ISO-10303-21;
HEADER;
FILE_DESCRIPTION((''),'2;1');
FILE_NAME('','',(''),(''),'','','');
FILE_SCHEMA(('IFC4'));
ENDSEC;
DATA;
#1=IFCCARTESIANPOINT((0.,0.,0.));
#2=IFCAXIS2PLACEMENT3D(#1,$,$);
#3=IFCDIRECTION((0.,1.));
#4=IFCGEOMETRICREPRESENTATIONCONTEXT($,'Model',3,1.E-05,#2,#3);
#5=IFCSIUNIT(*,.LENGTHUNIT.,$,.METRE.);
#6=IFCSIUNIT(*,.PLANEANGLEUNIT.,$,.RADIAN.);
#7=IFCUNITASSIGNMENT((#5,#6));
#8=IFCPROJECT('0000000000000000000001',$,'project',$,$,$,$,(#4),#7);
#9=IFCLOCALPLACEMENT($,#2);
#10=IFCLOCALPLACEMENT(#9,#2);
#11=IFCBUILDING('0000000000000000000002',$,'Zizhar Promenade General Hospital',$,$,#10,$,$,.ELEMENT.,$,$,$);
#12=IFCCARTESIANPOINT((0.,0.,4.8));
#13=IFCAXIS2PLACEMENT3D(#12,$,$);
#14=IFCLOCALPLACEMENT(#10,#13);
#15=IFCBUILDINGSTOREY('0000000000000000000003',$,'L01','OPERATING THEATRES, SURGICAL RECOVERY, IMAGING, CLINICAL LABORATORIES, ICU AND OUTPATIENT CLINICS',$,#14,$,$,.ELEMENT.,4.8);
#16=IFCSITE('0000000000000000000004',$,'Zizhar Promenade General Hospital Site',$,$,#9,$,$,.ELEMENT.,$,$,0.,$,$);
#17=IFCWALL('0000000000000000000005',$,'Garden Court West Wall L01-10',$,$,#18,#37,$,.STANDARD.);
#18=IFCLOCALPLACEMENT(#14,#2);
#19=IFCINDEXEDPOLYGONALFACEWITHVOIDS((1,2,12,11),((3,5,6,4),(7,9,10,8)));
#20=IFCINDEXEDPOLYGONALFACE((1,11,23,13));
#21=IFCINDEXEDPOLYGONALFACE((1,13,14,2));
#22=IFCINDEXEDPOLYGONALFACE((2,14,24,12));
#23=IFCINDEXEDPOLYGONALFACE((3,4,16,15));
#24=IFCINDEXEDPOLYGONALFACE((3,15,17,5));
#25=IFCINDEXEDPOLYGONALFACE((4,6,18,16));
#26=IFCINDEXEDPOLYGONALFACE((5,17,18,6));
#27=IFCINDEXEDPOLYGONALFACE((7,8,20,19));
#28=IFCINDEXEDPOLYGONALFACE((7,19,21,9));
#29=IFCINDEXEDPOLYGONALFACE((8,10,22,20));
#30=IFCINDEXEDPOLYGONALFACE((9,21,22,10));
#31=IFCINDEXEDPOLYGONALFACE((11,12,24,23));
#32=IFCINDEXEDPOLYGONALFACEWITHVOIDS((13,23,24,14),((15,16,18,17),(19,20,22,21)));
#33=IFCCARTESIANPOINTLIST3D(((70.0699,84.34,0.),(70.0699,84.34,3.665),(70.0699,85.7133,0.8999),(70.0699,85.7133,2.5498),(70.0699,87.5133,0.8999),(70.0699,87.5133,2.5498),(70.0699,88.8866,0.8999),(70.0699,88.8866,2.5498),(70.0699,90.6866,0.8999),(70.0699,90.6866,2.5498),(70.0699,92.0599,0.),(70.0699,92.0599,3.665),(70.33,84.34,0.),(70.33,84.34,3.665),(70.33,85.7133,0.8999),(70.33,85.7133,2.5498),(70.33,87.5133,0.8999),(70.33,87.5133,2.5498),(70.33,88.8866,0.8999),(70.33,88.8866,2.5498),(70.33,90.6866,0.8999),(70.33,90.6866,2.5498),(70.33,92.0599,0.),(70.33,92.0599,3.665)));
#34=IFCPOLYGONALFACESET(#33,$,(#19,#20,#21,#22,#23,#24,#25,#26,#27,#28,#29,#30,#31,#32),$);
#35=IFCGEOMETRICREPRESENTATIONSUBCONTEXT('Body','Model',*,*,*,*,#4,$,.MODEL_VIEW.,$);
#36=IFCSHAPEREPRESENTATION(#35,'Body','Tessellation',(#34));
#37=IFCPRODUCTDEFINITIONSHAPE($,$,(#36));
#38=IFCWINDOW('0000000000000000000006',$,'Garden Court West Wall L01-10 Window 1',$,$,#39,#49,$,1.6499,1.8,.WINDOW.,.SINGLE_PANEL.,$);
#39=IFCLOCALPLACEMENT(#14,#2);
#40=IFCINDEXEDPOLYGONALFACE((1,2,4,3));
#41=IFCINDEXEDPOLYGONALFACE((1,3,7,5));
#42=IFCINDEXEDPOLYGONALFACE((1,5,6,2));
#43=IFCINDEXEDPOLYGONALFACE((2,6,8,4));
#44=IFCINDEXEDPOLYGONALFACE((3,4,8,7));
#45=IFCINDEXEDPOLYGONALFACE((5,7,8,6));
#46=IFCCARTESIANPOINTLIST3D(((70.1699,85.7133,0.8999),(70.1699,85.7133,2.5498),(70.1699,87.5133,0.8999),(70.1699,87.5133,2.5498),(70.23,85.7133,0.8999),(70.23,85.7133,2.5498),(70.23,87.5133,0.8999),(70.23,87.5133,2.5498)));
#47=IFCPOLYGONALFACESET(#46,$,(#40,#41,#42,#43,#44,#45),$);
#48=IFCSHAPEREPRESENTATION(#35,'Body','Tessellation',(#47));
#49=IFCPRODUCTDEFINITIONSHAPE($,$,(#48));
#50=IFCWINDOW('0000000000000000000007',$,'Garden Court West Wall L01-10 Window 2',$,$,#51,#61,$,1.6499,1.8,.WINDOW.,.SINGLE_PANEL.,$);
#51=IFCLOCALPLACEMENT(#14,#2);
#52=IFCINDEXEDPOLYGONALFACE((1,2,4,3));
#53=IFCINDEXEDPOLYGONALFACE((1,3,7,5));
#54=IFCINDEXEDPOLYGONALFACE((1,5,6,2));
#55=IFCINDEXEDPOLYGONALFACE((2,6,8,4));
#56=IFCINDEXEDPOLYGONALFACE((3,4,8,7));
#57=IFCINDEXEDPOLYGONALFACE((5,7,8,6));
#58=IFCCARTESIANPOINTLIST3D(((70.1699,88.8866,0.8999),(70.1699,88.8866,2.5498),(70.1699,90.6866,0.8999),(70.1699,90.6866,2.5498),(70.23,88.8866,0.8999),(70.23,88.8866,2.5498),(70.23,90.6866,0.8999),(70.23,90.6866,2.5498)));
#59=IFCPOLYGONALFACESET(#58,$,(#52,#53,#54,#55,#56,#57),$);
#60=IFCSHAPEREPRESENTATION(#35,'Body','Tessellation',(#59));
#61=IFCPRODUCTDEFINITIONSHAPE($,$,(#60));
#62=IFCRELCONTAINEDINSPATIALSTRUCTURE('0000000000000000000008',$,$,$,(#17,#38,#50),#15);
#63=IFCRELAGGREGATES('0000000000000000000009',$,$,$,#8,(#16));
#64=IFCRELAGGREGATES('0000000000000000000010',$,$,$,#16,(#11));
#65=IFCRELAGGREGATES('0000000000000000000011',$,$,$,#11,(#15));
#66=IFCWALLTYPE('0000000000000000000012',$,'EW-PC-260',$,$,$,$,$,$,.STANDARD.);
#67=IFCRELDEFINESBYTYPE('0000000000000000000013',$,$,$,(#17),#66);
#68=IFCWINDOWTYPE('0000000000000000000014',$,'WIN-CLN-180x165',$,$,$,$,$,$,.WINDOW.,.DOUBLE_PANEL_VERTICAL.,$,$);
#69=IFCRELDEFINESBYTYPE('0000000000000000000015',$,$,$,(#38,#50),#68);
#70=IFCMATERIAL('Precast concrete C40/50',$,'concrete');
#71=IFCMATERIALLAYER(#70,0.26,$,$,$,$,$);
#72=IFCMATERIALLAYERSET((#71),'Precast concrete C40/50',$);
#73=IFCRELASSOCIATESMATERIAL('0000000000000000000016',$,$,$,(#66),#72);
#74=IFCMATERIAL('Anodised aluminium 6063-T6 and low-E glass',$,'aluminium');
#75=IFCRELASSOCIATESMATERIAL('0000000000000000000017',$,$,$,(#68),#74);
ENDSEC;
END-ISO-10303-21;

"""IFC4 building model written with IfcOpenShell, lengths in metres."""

from ifc_helpers import new_model, si_unit, direction, frame, frame_2d, origin, place, context, subcontext, project, spatial, rectangle, extrude, material, layer, layer_set, type_object, element, fill, save


model = new_model("IFC4")

# Units and contexts
model_context = context("Model", 3, precision=1e-05, world=origin(), true_north=direction((0.0, 1.0)))
body_context = subcontext(model_context, "Body", "Model", "MODEL_VIEW")
ifc_project = project(units=[si_unit("LENGTHUNIT", "METRE"), si_unit("PLANEANGLEUNIT", "RADIAN")], contexts=[model_context])

# Site, building, storey
site_placement = place(None, origin())
site = spatial("IfcSite", under=ifc_project, at=site_placement, Name="Zizhar Promenade General Hospital Site", CompositionType="ELEMENT", RefElevation=0.0)
building_placement = place(site_placement, origin())
building = spatial("IfcBuilding", under=site, at=building_placement, Name="Zizhar Promenade General Hospital", CompositionType="ELEMENT")
storey_placement = place(building_placement, frame((0.0, 0.0, 4.8)))
storey = spatial("IfcBuildingStorey", under=building, at=storey_placement, Name="L01", Description="OPERATING THEATRES, SURGICAL RECOVERY, IMAGING, CLINICAL LABORATORIES, ICU AND OUTPATIENT CLINICS", CompositionType="ELEMENT", Elevation=4.8)

# Wall, openings, windows
ifc_material_1 = material(Name="Precast concrete C40/50", Category="concrete")
ifc_layer_1 = layer(ifc_material_1, 0.26)
ifc_layer_set_1 = layer_set([ifc_layer_1], Name="Precast concrete C40/50")
wall_type = type_object("IfcWallType", Name="EW-PC-260", PredefinedType="STANDARD", material=ifc_layer_set_1)
wall_placement = place(storey_placement, frame((70.2, 84.3401, 0.0), z_axis=(0.0, 0.0, 1.0), x_axis=(0.0, 1.0, 0.0)))
wall = element("IfcWall", 1, at=wall_placement, inside=storey, type_object=wall_type, Name="Garden Court West Wall L01-10", PredefinedType="STANDARD", context=body_context, shape_type="SweptSolid", body=[
    extrude(rectangle(XDim=7.72, YDim=0.26, at=frame_2d((3.8599, 0.0))), origin(), (0.0, 0.0, 1.0), 3.665),
])
opening_1_placement = place(wall_placement, frame((1.3733, 0.0, 0.8999)))
opening_1 = element("IfcOpeningElement", 2, at=opening_1_placement, cuts=wall, PredefinedType="OPENING", context=body_context, shape_type="SweptSolid", body=[
    extrude(rectangle(XDim=1.8, YDim=1.6499, at=frame_2d((0.8999, 0.825))), frame((0.0, 0.1401, 0.0), z_axis=(0.0, -1.0, 0.0), x_axis=(1.0, 0.0, 0.0)), (0.0, 0.0, 1.0), 0.28),
])
opening_2_placement = place(wall_placement, frame((4.5466, 0.0, 0.8999)))
opening_2 = element("IfcOpeningElement", 3, at=opening_2_placement, cuts=wall, PredefinedType="OPENING", context=body_context, shape_type="SweptSolid", body=[
    extrude(rectangle(XDim=1.8, YDim=1.6499, at=frame_2d((0.8999, 0.825))), frame((0.0, 0.1401, 0.0), z_axis=(0.0, -1.0, 0.0), x_axis=(1.0, 0.0, 0.0)), (0.0, 0.0, 1.0), 0.28),
])
ifc_material_2 = material(Name="Anodised aluminium 6063-T6 and low-E glass", Category="aluminium")
window_type = type_object("IfcWindowType", Name="WIN-CLN-180x165", PartitioningType="DOUBLE_PANEL_VERTICAL", PredefinedType="WINDOW", material=ifc_material_2)
window_1_placement = place(opening_1_placement, origin())
window_1 = element("IfcWindow", 4, at=window_1_placement, inside=storey, type_object=window_type, Name="Garden Court West Wall L01-10 Window 1", OverallHeight=1.6499, OverallWidth=1.8, PartitioningType="SINGLE_PANEL", PredefinedType="WINDOW", context=body_context, shape_type="SweptSolid", body=[
    extrude(rectangle(XDim=1.8, YDim=1.6499, at=frame_2d((0.8999, 0.825))), frame((0.0, 0.03, 0.0), z_axis=(0.0, -1.0, 0.0), x_axis=(1.0, 0.0, 0.0)), (0.0, 0.0, 1.0), 0.0601),
])
fill(opening_1, window_1)
window_2_placement = place(opening_2_placement, origin())
window_2 = element("IfcWindow", 5, at=window_2_placement, inside=storey, type_object=window_type, Name="Garden Court West Wall L01-10 Window 2", OverallHeight=1.6499, OverallWidth=1.8, PartitioningType="SINGLE_PANEL", PredefinedType="WINDOW", context=body_context, shape_type="SweptSolid", body=[
    extrude(rectangle(XDim=1.8, YDim=1.6499, at=frame_2d((0.8999, 0.825))), frame((0.0, 0.03, 0.0), z_axis=(0.0, -1.0, 0.0), x_axis=(1.0, 0.0, 0.0)), (0.0, 0.0, 1.0), 0.0601),
])
fill(opening_2, window_2)

save(model, "model.ifc")
